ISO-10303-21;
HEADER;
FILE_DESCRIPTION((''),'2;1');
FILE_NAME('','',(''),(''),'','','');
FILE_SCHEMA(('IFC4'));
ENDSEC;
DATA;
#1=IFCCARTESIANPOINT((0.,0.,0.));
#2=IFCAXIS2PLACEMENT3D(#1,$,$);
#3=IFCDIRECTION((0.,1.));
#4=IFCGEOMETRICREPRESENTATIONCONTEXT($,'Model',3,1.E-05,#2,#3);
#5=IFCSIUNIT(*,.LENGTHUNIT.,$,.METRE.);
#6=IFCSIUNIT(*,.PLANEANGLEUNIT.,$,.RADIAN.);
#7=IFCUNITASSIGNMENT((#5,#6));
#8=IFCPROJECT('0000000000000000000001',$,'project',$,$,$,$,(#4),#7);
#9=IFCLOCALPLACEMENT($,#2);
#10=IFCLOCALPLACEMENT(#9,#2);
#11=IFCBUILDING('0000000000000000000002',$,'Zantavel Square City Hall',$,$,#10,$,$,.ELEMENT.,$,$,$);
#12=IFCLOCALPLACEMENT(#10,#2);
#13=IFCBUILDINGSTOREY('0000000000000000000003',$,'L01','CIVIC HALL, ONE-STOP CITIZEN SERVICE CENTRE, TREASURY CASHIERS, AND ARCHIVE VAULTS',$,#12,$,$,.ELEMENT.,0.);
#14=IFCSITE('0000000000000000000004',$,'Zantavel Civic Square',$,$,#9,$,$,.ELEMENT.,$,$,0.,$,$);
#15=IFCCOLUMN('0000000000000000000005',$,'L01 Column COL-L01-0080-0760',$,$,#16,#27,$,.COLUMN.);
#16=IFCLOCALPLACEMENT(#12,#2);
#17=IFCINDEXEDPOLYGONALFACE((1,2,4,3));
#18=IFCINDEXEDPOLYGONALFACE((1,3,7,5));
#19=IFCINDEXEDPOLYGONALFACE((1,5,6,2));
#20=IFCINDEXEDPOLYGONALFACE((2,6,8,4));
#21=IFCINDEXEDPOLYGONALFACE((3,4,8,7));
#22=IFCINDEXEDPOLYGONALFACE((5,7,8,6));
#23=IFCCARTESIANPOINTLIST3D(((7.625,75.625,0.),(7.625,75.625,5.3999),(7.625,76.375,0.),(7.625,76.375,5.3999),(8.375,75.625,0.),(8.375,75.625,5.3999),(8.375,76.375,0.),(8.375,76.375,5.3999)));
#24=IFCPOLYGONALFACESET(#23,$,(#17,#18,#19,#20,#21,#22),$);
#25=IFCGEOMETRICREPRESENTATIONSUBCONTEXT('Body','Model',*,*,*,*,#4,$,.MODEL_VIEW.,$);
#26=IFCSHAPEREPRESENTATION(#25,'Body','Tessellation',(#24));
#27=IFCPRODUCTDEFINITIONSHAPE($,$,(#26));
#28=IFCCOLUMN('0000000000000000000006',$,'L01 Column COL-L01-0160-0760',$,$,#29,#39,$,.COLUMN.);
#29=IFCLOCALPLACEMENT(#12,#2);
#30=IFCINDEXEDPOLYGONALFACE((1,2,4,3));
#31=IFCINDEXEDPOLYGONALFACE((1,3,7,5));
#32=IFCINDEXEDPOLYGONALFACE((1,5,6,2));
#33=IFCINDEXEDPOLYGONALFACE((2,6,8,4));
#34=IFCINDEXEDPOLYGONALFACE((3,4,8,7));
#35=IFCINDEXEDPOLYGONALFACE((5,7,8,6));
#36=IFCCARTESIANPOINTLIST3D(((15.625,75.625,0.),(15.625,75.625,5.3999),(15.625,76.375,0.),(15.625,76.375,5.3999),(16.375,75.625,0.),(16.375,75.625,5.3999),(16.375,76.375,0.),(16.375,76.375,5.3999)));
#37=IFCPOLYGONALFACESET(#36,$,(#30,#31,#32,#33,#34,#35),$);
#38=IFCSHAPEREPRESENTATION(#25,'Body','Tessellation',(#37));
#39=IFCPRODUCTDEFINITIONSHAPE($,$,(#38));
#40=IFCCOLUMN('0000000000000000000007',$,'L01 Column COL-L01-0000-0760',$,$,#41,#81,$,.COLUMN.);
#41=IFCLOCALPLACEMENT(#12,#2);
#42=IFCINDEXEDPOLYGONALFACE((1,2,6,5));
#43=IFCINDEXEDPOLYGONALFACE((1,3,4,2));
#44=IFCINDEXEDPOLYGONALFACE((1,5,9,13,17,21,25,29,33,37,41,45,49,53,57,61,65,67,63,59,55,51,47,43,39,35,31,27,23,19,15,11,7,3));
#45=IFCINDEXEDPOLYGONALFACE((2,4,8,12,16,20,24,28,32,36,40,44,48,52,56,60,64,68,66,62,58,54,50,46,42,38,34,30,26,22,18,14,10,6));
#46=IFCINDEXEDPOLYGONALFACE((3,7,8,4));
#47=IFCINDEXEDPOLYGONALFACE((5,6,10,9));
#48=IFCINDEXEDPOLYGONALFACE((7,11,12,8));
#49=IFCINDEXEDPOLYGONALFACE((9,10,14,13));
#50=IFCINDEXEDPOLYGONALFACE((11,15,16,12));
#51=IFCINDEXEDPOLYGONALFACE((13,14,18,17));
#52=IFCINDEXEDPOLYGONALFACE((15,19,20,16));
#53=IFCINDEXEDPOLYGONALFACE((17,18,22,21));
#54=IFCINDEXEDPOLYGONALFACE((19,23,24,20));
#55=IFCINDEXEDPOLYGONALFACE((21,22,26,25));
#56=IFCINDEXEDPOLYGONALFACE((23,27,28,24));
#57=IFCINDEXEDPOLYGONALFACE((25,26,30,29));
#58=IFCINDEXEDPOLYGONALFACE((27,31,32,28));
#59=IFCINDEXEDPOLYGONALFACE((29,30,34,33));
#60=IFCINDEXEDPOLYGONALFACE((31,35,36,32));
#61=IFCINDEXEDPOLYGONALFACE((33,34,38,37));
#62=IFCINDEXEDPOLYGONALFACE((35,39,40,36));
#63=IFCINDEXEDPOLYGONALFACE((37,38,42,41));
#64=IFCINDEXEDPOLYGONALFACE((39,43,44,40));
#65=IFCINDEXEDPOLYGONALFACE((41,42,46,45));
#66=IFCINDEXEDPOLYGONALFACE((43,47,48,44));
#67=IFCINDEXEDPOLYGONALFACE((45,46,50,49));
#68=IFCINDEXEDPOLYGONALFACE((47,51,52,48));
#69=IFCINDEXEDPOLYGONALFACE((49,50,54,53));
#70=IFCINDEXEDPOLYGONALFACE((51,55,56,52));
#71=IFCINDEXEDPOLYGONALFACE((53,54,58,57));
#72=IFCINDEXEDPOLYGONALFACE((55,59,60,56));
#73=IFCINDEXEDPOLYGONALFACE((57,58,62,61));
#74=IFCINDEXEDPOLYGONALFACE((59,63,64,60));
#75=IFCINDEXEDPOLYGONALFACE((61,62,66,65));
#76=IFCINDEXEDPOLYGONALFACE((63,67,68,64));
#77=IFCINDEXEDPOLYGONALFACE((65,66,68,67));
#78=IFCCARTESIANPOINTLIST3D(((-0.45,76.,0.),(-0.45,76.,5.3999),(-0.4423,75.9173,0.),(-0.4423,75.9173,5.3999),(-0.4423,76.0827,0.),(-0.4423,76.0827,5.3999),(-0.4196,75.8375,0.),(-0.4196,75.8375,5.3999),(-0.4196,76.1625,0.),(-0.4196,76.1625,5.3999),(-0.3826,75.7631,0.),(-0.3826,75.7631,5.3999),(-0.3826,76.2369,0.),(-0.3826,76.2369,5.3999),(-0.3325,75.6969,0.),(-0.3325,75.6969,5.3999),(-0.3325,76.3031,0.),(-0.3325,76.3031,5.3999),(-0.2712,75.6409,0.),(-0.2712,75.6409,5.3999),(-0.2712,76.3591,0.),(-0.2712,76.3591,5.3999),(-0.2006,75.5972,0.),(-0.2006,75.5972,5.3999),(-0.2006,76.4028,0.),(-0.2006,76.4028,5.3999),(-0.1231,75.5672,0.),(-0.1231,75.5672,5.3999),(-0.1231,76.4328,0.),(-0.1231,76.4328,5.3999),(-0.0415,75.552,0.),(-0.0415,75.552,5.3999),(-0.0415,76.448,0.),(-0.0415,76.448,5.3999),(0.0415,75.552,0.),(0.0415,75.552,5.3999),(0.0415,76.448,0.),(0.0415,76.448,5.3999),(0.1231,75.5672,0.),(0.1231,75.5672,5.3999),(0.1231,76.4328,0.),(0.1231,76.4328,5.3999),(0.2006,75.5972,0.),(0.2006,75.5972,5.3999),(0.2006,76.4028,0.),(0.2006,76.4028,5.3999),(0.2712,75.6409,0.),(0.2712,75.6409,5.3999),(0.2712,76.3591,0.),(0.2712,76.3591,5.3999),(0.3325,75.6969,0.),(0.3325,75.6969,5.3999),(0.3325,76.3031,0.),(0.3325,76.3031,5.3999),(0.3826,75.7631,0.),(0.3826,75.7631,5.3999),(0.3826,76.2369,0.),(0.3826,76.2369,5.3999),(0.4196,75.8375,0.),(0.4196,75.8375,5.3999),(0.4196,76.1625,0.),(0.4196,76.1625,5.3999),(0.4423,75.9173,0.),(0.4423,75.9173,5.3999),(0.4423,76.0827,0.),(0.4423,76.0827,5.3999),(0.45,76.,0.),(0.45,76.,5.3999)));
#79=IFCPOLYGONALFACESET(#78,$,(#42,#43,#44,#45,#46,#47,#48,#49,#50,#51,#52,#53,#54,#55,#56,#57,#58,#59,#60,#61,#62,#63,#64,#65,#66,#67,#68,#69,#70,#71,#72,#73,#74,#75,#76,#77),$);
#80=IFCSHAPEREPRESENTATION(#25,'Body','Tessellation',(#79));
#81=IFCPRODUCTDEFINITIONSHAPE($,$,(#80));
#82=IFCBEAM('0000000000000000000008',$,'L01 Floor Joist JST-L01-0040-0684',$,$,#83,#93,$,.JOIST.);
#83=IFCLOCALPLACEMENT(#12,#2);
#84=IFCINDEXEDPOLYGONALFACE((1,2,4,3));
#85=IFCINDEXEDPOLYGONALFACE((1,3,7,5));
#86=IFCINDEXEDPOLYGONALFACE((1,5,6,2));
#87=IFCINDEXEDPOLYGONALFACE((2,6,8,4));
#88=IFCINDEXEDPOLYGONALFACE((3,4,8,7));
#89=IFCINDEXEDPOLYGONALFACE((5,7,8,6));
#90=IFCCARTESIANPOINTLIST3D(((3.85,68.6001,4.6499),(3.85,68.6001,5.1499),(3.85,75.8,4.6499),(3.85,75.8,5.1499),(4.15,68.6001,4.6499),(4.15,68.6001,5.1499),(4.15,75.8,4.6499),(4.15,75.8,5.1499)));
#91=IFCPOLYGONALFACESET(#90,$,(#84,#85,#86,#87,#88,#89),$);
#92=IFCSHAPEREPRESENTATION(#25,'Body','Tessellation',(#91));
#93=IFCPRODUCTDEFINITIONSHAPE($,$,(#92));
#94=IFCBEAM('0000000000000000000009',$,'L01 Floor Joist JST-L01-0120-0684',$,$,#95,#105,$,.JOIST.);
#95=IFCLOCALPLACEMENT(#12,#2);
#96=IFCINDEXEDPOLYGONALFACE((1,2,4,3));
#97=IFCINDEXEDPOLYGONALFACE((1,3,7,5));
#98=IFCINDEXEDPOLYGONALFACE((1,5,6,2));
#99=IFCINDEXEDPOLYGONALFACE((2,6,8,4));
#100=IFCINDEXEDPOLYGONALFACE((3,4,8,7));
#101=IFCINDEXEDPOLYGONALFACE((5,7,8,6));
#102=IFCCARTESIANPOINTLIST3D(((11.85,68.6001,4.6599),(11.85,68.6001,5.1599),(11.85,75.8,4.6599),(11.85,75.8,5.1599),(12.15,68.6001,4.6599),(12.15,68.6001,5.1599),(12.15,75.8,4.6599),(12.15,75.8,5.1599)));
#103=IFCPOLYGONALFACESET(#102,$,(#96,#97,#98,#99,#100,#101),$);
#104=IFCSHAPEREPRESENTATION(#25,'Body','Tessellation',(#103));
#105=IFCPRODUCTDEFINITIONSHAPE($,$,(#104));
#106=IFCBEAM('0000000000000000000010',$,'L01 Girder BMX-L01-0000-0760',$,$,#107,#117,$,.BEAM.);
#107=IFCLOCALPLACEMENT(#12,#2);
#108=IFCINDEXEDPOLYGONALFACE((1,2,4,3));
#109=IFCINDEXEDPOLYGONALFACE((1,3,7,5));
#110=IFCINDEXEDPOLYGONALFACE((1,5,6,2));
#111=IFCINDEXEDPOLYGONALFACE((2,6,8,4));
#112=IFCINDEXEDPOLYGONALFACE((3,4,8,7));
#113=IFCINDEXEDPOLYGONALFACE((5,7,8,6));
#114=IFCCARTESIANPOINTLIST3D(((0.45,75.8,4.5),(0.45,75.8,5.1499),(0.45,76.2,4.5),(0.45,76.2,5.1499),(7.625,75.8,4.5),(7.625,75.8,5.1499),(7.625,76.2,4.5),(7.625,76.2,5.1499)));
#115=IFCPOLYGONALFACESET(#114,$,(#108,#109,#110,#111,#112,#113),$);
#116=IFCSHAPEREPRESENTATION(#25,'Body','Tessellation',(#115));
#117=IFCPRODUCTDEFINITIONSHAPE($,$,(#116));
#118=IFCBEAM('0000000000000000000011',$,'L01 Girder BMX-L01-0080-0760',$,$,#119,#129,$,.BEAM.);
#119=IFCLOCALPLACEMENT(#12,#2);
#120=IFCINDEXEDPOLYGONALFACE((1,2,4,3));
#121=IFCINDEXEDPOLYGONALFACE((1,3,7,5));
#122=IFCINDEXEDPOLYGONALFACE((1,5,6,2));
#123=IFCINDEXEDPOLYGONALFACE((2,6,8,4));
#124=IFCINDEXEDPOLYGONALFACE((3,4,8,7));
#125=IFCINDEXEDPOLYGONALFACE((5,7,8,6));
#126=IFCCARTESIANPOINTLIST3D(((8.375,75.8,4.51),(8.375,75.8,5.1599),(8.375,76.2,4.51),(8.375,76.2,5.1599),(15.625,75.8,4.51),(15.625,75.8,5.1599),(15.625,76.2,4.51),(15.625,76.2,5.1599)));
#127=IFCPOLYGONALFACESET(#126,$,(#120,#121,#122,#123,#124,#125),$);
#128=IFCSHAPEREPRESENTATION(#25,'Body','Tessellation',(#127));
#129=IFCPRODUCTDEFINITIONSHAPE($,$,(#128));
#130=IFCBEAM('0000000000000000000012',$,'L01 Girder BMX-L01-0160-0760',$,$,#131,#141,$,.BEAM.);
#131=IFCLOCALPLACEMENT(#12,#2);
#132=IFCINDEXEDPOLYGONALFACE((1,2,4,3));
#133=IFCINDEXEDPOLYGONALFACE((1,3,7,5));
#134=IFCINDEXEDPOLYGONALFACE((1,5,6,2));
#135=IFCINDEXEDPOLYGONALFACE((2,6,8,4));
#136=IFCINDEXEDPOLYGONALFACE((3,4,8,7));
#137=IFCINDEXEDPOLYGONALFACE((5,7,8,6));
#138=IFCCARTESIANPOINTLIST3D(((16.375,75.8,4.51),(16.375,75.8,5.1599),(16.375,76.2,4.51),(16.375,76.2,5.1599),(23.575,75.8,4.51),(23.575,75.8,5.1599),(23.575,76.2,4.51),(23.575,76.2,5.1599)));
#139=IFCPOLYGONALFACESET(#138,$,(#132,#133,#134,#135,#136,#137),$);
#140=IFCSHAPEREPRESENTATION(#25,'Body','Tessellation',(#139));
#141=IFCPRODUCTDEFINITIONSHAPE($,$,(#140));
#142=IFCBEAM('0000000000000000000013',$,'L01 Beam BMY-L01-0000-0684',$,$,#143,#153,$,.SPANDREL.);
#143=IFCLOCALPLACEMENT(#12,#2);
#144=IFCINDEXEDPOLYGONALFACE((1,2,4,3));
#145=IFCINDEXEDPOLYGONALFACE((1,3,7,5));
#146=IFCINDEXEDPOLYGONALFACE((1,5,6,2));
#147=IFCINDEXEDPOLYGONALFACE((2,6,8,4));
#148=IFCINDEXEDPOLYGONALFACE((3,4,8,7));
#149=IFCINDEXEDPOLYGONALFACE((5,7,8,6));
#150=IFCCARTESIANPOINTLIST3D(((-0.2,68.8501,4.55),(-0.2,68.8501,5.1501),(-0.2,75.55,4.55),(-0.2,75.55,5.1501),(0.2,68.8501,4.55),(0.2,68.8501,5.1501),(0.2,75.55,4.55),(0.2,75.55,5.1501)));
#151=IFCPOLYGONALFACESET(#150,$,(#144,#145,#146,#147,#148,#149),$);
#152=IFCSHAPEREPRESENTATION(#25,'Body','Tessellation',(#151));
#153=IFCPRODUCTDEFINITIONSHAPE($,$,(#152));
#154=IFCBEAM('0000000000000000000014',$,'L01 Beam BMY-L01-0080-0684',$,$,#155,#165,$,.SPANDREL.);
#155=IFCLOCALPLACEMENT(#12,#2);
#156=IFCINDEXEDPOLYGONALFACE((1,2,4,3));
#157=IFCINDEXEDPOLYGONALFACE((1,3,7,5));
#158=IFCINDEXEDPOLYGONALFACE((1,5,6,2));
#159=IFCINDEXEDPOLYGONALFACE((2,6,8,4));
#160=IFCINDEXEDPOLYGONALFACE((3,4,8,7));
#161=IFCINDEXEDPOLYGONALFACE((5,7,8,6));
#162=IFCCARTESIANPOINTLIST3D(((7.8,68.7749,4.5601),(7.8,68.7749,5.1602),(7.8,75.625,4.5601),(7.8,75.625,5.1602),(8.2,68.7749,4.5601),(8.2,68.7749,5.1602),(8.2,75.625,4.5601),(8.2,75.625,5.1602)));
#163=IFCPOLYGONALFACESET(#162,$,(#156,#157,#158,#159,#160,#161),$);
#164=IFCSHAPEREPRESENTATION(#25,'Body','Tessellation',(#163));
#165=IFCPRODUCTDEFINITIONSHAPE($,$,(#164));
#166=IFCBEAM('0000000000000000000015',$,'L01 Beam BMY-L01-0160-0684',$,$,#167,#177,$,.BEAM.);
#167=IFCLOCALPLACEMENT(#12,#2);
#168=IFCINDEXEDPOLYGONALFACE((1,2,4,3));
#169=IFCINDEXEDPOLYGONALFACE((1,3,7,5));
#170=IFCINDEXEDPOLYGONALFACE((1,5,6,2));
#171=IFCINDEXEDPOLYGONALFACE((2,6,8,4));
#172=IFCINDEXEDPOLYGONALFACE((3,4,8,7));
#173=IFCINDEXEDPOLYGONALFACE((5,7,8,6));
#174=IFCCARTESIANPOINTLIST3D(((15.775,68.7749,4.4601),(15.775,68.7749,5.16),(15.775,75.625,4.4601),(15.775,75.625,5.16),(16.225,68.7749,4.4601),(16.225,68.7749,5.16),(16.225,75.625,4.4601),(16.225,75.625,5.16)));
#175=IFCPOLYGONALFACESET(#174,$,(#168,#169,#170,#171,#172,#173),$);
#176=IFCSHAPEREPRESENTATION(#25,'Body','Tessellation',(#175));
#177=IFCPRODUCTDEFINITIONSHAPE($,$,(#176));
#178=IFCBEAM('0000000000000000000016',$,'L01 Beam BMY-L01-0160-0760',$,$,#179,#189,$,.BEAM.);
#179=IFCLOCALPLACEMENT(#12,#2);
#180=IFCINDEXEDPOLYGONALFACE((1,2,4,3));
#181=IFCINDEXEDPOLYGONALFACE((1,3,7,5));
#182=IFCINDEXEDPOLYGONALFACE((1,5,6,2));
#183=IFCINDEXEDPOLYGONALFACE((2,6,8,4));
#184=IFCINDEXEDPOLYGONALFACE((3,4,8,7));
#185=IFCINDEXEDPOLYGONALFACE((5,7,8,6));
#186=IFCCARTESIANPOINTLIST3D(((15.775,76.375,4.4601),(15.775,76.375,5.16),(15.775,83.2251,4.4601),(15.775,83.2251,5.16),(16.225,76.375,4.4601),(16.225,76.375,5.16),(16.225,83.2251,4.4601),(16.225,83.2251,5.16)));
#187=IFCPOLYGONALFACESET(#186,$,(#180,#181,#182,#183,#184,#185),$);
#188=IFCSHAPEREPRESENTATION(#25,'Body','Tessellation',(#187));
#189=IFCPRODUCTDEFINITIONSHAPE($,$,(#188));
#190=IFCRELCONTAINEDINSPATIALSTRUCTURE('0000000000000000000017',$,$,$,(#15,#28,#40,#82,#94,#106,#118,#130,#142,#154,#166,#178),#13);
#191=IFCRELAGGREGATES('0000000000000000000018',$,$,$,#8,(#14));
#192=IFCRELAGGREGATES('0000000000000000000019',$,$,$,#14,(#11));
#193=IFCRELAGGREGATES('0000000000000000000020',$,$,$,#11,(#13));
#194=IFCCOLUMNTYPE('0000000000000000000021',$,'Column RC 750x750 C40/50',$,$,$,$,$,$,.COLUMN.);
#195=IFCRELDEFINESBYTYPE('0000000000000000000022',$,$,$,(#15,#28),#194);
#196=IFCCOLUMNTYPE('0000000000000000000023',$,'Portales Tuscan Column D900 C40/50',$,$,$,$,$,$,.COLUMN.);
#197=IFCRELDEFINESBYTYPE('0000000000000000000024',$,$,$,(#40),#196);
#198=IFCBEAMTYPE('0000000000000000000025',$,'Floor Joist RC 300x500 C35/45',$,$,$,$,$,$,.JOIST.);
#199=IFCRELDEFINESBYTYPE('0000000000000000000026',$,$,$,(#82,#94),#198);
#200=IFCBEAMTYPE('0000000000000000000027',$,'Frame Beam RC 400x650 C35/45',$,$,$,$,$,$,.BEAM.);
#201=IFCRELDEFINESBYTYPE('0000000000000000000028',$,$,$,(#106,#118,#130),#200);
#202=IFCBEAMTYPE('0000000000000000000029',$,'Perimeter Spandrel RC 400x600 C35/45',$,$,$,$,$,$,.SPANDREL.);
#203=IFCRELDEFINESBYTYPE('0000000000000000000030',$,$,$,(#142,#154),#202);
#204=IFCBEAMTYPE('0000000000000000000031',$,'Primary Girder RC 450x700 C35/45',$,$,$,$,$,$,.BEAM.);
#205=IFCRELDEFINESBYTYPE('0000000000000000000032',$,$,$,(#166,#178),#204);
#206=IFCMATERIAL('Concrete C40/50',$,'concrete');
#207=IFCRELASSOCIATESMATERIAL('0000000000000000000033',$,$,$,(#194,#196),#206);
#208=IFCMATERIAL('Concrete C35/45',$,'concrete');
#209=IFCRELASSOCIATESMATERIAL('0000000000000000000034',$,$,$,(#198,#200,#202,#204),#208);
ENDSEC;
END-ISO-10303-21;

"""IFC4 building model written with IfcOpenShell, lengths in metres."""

from ifc_helpers import new_model, si_unit, direction, frame, origin, origin_2d, place, context, subcontext, project, spatial, rectangle, circle, extrude, material, material_profile, profile_set, type_object, element, save


model = new_model("IFC4")

# Units and contexts
model_context = context("Model", 3, precision=1e-05, world=origin(), true_north=direction((0.0, 1.0)))
body_context = subcontext(model_context, "Body", "Model", "MODEL_VIEW")
ifc_project = project(units=[si_unit("LENGTHUNIT", "METRE"), si_unit("PLANEANGLEUNIT", "RADIAN")], contexts=[model_context])

# Site, building, storey
site_placement = place(None, origin())
site = spatial("IfcSite", under=ifc_project, at=site_placement, Name="Zantavel Civic Square", CompositionType="ELEMENT", RefElevation=0.0)
building_placement = place(site_placement, origin())
building = spatial("IfcBuilding", under=site, at=building_placement, Name="Zantavel Square City Hall", CompositionType="ELEMENT")
storey_placement = place(building_placement, origin())
storey = spatial("IfcBuildingStorey", under=building, at=storey_placement, Name="L01", Description="CIVIC HALL, ONE-STOP CITIZEN SERVICE CENTRE, TREASURY CASHIERS, AND ARCHIVE VAULTS", CompositionType="ELEMENT", Elevation=0.0)

# Columns
ifc_material_1 = material(Name="Concrete C40/50", Category="concrete")
ifc_material_profile_1 = material_profile(ifc_material_1, rectangle(XDim=0.75, YDim=0.75, at=origin_2d()), Name="RC 750x750")
ifc_profile_set_1 = profile_set([ifc_material_profile_1], Name="Concrete C40/50")
column_type_1 = type_object("IfcColumnType", Name="Column RC 750x750 C40/50", PredefinedType="COLUMN", material=ifc_profile_set_1)
for number, where, z_axis, x_axis, name in (
    (1, (8.0, 76.0, 0.0), (0.0, 0.0, 1.0), (1.0, 0.0, 0.0), "L01 Column COL-L01-0080-0760"),
    (2, (16.0, 76.0, 0.0), (0.0, 0.0, 1.0), (1.0, 0.0, 0.0), "L01 Column COL-L01-0160-0760"),
):
    element("IfcColumn", number, at=place(storey_placement, frame(where, z_axis=z_axis, x_axis=x_axis)), inside=storey, type_object=column_type_1, Name=name, PredefinedType="COLUMN", context=body_context, shape_type="SweptSolid", body=[
        extrude(rectangle(XDim=0.75, YDim=0.75, at=origin_2d()), origin(), (0.0, 0.0, 1.0), 5.3999),
    ])
ifc_material_profile_2 = material_profile(ifc_material_1, circle(Radius=0.45, at=origin_2d()), Name="ROUND D900")
ifc_profile_set_2 = profile_set([ifc_material_profile_2], Name="Concrete C40/50")
column_type_2 = type_object("IfcColumnType", Name="Portales Tuscan Column D900 C40/50", PredefinedType="COLUMN", material=ifc_profile_set_2)
column_placement = place(storey_placement, frame((0.0, 76.0, 0.0), z_axis=(0.0, 0.0, 1.0), x_axis=(1.0, 0.0, 0.0)))
element("IfcColumn", 3, at=column_placement, inside=storey, type_object=column_type_2, Name="L01 Column COL-L01-0000-0760", PredefinedType="COLUMN", context=body_context, shape_type="SweptSolid", body=[
    extrude(circle(Radius=0.45, at=origin_2d()), origin(), (0.0, 0.0, 1.0), 5.3999),
])

# Beams
ifc_material_2 = material(Name="Concrete C35/45", Category="concrete")
ifc_material_profile_3 = material_profile(ifc_material_2, rectangle(XDim=0.3, YDim=0.5, at=origin_2d()), Name="RC 300x500")
ifc_profile_set_3 = profile_set([ifc_material_profile_3], Name="Concrete C35/45")
beam_type_1 = type_object("IfcBeamType", Name="Floor Joist RC 300x500 C35/45", PredefinedType="JOIST", material=ifc_profile_set_3)
for number, where, z_axis, x_axis, name in (
    (4, (4.0, 68.6001, 4.8999), (0.0, 1.0, 0.0), (-1.0, 0.0, 0.0), "L01 Floor Joist JST-L01-0040-0684"),
    (5, (12.0, 68.6001, 4.9099), (0.0, 1.0, 0.0), (-1.0, 0.0, 0.0), "L01 Floor Joist JST-L01-0120-0684"),
):
    element("IfcBeam", number, at=place(storey_placement, frame(where, z_axis=z_axis, x_axis=x_axis)), inside=storey, type_object=beam_type_1, Name=name, PredefinedType="JOIST", context=body_context, shape_type="SweptSolid", body=[
        extrude(rectangle(XDim=0.3, YDim=0.5, at=origin_2d()), origin(), (0.0, 0.0, 1.0), 7.2),
    ])
ifc_material_profile_4 = material_profile(ifc_material_2, rectangle(XDim=0.3999, YDim=0.6499, at=origin_2d()), Name="RC 400x650")
ifc_profile_set_4 = profile_set([ifc_material_profile_4], Name="Concrete C35/45")
beam_type_2 = type_object("IfcBeamType", Name="Frame Beam RC 400x650 C35/45", PredefinedType="BEAM", material=ifc_profile_set_4)
beam_1_placement = place(storey_placement, frame((0.45, 76.0, 4.825), z_axis=(1.0, 0.0, 0.0), x_axis=(0.0, 1.0, 0.0)))
element("IfcBeam", 6, at=beam_1_placement, inside=storey, type_object=beam_type_2, Name="L01 Girder BMX-L01-0000-0760", PredefinedType="BEAM", context=body_context, shape_type="SweptSolid", body=[
    extrude(rectangle(XDim=0.3999, YDim=0.6499, at=origin_2d()), origin(), (0.0, 0.0, 1.0), 7.175),
])
beam_2_placement = place(storey_placement, frame((8.375, 76.0, 4.835), z_axis=(1.0, 0.0, 0.0), x_axis=(0.0, 1.0, 0.0)))
element("IfcBeam", 7, at=beam_2_placement, inside=storey, type_object=beam_type_2, Name="L01 Girder BMX-L01-0080-0760", PredefinedType="BEAM", context=body_context, shape_type="SweptSolid", body=[
    extrude(rectangle(XDim=0.3999, YDim=0.6499, at=origin_2d()), origin(), (0.0, 0.0, 1.0), 7.25),
])
beam_3_placement = place(storey_placement, frame((16.375, 76.0, 4.835), z_axis=(1.0, 0.0, 0.0), x_axis=(0.0, 1.0, 0.0)))
element("IfcBeam", 8, at=beam_3_placement, inside=storey, type_object=beam_type_2, Name="L01 Girder BMX-L01-0160-0760", PredefinedType="BEAM", context=body_context, shape_type="SweptSolid", body=[
    extrude(rectangle(XDim=0.3999, YDim=0.6499, at=origin_2d()), origin(), (0.0, 0.0, 1.0), 7.2),
])
ifc_material_profile_5 = material_profile(ifc_material_2, rectangle(XDim=0.3999, YDim=0.6001, at=origin_2d()), Name="RC 400x600")
ifc_profile_set_5 = profile_set([ifc_material_profile_5], Name="Concrete C35/45")
beam_type_3 = type_object("IfcBeamType", Name="Perimeter Spandrel RC 400x600 C35/45", PredefinedType="SPANDREL", material=ifc_profile_set_5)
beam_4_placement = place(storey_placement, frame((0.0, 68.8501, 4.8501), z_axis=(0.0, 1.0, 0.0), x_axis=(-1.0, 0.0, 0.0)))
element("IfcBeam", 9, at=beam_4_placement, inside=storey, type_object=beam_type_3, Name="L01 Beam BMY-L01-0000-0684", PredefinedType="SPANDREL", context=body_context, shape_type="SweptSolid", body=[
    extrude(rectangle(XDim=0.3999, YDim=0.6001, at=origin_2d()), origin(), (0.0, 0.0, 1.0), 6.7),
])
beam_5_placement = place(storey_placement, frame((8.0, 68.7749, 4.8601), z_axis=(0.0, 1.0, 0.0), x_axis=(-1.0, 0.0, 0.0)))
element("IfcBeam", 10, at=beam_5_placement, inside=storey, type_object=beam_type_3, Name="L01 Beam BMY-L01-0080-0684", PredefinedType="SPANDREL", context=body_context, shape_type="SweptSolid", body=[
    extrude(rectangle(XDim=0.3999, YDim=0.6001, at=origin_2d()), origin(), (0.0, 0.0, 1.0), 6.8501),
])
ifc_material_profile_6 = material_profile(ifc_material_2, rectangle(XDim=0.45, YDim=0.7, at=origin_2d()), Name="RC 450x700")
ifc_profile_set_6 = profile_set([ifc_material_profile_6], Name="Concrete C35/45")
beam_type_4 = type_object("IfcBeamType", Name="Primary Girder RC 450x700 C35/45", PredefinedType="BEAM", material=ifc_profile_set_6)
for number, where, z_axis, x_axis, name in (
    (11, (16.0, 68.7749, 4.8101), (0.0, 1.0, 0.0), (-1.0, 0.0, 0.0), "L01 Beam BMY-L01-0160-0684"),
    (12, (16.0, 76.375, 4.8101), (0.0, 1.0, 0.0), (-1.0, 0.0, 0.0), "L01 Beam BMY-L01-0160-0760"),
):
    element("IfcBeam", number, at=place(storey_placement, frame(where, z_axis=z_axis, x_axis=x_axis)), inside=storey, type_object=beam_type_4, Name=name, PredefinedType="BEAM", context=body_context, shape_type="SweptSolid", body=[
        extrude(rectangle(XDim=0.45, YDim=0.7, at=origin_2d()), origin(), (0.0, 0.0, 1.0), 6.8501),
    ])

save(model, "model.ifc")
